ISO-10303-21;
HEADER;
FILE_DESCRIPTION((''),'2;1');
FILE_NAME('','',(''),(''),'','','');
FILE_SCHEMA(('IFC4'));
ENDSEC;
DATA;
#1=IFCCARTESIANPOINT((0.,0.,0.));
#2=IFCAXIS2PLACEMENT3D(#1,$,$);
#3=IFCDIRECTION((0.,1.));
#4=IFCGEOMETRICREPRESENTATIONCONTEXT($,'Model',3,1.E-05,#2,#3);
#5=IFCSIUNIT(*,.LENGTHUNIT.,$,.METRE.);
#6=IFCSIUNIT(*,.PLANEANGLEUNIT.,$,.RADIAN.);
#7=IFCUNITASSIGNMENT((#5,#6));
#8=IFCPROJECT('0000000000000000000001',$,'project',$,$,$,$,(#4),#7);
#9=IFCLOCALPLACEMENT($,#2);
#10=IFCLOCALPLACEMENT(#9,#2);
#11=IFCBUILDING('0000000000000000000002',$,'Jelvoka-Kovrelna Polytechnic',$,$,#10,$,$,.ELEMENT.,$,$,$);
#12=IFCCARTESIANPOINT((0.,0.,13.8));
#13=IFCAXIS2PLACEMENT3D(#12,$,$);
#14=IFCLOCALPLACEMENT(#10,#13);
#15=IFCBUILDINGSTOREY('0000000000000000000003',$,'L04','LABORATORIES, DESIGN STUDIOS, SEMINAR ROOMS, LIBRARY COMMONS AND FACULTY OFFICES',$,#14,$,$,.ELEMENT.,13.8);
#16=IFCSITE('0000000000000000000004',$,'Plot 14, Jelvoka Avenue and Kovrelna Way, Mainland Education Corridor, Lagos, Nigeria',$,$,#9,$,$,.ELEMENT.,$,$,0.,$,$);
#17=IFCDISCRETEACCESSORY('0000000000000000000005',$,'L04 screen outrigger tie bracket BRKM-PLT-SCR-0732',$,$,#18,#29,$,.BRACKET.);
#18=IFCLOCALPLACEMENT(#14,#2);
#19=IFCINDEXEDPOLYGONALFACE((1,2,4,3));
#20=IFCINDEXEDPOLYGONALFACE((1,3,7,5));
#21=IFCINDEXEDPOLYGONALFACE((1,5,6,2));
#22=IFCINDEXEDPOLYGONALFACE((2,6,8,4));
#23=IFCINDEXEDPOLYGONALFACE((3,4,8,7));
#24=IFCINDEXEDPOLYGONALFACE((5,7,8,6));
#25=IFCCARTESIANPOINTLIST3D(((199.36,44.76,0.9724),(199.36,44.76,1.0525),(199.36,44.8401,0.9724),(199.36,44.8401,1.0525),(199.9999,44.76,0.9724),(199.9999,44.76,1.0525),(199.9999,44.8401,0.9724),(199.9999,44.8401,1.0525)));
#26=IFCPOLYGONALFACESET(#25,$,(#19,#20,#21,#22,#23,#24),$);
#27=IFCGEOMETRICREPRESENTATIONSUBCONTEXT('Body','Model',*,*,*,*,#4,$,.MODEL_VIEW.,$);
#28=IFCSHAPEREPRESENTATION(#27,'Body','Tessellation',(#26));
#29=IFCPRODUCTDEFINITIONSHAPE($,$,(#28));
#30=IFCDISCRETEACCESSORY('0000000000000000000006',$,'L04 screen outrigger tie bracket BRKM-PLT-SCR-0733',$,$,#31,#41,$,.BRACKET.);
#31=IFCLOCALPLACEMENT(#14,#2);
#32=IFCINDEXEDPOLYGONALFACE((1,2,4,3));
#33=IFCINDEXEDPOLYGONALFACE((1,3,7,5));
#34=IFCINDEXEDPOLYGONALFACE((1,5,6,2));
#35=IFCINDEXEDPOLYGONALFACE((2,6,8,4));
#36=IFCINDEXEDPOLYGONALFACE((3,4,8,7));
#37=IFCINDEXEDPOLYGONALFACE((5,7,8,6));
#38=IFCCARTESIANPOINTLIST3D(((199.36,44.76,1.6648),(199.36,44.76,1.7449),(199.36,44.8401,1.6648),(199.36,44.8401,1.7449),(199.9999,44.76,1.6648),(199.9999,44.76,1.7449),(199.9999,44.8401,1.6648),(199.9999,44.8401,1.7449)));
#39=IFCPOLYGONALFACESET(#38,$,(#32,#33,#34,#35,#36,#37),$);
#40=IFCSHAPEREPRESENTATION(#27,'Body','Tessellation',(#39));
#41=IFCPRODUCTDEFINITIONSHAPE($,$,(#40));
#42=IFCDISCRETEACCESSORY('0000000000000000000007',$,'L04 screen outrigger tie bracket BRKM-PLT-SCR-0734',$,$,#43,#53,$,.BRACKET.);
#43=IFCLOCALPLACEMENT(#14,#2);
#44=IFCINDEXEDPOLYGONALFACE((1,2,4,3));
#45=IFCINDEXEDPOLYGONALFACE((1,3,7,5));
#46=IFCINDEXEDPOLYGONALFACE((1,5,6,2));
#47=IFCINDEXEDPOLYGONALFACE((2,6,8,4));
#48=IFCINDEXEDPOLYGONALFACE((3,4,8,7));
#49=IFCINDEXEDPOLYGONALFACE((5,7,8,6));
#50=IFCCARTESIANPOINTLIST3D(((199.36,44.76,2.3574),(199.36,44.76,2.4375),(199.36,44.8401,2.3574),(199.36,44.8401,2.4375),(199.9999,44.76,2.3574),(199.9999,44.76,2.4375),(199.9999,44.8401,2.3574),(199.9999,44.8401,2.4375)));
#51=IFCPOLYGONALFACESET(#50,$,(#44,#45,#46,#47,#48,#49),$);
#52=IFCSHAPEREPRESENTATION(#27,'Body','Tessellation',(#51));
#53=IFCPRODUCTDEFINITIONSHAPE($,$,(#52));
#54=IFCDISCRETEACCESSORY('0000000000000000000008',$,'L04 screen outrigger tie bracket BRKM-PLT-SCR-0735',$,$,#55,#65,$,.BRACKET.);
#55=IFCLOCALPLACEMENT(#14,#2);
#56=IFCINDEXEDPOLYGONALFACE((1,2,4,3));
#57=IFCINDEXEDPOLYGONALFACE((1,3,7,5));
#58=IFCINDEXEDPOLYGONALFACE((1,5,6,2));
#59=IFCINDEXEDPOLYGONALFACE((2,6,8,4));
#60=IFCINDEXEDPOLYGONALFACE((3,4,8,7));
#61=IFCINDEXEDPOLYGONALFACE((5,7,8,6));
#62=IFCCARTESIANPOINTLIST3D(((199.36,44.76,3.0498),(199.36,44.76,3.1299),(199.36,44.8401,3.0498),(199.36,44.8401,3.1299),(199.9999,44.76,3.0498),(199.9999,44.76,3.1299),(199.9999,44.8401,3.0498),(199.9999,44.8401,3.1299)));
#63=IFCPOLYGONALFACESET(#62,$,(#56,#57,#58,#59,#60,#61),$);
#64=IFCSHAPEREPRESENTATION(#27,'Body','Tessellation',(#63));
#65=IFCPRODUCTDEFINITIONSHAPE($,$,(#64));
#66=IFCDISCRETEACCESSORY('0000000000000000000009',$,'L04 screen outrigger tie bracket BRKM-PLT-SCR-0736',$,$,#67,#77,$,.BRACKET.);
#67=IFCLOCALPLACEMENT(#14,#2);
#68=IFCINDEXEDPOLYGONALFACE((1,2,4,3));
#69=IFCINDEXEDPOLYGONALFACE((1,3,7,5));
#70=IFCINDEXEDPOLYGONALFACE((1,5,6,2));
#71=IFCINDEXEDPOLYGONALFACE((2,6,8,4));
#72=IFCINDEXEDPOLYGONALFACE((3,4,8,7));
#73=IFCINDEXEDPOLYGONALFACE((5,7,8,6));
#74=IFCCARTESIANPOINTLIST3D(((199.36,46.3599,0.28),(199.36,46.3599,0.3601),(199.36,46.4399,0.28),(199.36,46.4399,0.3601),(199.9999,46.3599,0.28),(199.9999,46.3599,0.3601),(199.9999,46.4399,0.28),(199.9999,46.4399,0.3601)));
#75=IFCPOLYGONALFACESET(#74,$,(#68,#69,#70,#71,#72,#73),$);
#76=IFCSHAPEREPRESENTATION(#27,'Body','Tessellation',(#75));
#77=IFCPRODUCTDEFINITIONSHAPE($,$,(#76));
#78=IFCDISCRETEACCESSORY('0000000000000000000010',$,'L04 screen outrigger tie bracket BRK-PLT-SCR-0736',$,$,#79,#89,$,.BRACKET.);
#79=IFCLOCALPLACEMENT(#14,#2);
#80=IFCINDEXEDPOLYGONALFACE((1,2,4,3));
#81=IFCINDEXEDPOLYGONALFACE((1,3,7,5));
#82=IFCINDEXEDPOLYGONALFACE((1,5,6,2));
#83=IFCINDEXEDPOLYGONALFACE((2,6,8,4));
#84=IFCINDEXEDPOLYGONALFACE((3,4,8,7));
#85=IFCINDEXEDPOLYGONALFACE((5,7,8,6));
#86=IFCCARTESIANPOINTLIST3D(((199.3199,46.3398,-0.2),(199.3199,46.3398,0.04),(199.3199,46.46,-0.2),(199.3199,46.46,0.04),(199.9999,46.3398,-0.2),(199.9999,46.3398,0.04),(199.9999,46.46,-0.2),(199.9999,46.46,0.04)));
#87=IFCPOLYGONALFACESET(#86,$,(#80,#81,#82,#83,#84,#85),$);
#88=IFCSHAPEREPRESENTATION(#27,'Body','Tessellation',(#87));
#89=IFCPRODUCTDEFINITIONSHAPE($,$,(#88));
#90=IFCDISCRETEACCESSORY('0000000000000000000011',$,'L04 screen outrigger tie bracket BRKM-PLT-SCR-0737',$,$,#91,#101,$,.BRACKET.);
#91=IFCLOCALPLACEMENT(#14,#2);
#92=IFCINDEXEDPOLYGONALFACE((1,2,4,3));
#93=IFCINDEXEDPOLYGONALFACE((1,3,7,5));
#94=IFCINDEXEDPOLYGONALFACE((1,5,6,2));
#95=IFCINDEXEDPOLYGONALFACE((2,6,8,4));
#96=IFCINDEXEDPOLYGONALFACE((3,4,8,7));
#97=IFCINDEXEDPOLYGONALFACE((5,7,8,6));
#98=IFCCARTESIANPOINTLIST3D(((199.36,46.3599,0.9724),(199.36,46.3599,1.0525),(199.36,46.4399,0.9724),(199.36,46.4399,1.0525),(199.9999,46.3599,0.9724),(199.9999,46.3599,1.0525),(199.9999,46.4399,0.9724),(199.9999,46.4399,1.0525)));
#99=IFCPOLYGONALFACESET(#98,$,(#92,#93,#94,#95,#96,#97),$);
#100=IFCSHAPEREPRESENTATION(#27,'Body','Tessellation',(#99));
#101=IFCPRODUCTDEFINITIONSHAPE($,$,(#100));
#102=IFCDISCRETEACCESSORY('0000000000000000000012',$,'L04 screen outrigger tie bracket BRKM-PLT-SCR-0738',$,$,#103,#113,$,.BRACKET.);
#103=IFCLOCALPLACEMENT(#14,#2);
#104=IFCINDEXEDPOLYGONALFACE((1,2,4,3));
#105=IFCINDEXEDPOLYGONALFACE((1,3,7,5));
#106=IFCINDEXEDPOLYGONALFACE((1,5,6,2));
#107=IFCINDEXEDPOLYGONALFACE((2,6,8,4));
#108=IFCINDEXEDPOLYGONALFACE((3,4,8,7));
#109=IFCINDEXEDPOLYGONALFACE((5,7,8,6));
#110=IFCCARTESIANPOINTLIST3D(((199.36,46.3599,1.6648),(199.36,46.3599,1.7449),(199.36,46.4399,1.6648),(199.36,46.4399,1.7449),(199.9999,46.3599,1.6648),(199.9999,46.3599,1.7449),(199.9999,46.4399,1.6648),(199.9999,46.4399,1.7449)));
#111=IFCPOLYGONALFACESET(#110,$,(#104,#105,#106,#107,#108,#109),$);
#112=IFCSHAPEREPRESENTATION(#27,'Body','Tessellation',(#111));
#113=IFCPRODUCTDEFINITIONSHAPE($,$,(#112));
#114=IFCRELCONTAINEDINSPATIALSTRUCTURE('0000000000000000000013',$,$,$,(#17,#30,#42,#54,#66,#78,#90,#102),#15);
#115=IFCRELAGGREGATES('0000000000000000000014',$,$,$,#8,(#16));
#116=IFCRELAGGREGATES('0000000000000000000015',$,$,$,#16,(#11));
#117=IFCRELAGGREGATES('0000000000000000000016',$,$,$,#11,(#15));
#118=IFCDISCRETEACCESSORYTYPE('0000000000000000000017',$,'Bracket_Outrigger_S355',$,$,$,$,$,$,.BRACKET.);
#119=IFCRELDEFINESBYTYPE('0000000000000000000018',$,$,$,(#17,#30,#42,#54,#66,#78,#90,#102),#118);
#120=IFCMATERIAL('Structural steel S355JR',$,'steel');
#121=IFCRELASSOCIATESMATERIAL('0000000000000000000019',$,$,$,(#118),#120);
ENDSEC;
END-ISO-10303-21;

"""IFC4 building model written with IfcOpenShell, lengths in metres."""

from ifc_helpers import new_model, si_unit, direction, frame, origin, origin_2d, place, context, subcontext, project, spatial, rectangle, extrude, material, type_object, element, save


model = new_model("IFC4")

# Units and contexts
model_context = context("Model", 3, precision=1e-05, world=origin(), true_north=direction((0.0, 1.0)))
body_context = subcontext(model_context, "Body", "Model", "MODEL_VIEW")
ifc_project = project(units=[si_unit("LENGTHUNIT", "METRE"), si_unit("PLANEANGLEUNIT", "RADIAN")], contexts=[model_context])

# Site, building, storey
site_placement = place(None, origin())
site = spatial("IfcSite", under=ifc_project, at=site_placement, Name="Plot 14, Jelvoka Avenue and Kovrelna Way, Mainland Education Corridor, Lagos, Nigeria", CompositionType="ELEMENT", RefElevation=0.0)
building_placement = place(site_placement, origin())
building = spatial("IfcBuilding", under=site, at=building_placement, Name="Jelvoka-Kovrelna Polytechnic", CompositionType="ELEMENT")
storey_placement = place(building_placement, frame((0.0, 0.0, 13.8)))
storey = spatial("IfcBuildingStorey", under=building, at=storey_placement, Name="L04", Description="LABORATORIES, DESIGN STUDIOS, SEMINAR ROOMS, LIBRARY COMMONS AND FACULTY OFFICES", CompositionType="ELEMENT", Elevation=13.8)

# Discrete accessories
ifc_material_1 = material(Name="Structural steel S355JR", Category="steel")
discrete_accessory_type = type_object("IfcDiscreteAccessoryType", Name="Bracket_Outrigger_S355", PredefinedType="BRACKET", material=ifc_material_1)
for number, where, z_axis, x_axis, name in (
    (1, (199.6799, 44.8, 0.9724), (0.0, 0.0, 1.0), (1.0, 0.0, 0.0), "L04 screen outrigger tie bracket BRKM-PLT-SCR-0732"),
    (2, (199.6799, 44.8, 1.6648), (0.0, 0.0, 1.0), (1.0, 0.0, 0.0), "L04 screen outrigger tie bracket BRKM-PLT-SCR-0733"),
    (3, (199.6799, 44.8, 2.3574), (0.0, 0.0, 1.0), (1.0, 0.0, 0.0), "L04 screen outrigger tie bracket BRKM-PLT-SCR-0734"),
    (4, (199.6799, 44.8, 3.0498), (0.0, 0.0, 1.0), (1.0, 0.0, 0.0), "L04 screen outrigger tie bracket BRKM-PLT-SCR-0735"),
    (5, (199.6799, 46.3999, 0.28), (0.0, 0.0, 1.0), (1.0, 0.0, 0.0), "L04 screen outrigger tie bracket BRKM-PLT-SCR-0736"),
):
    element("IfcDiscreteAccessory", number, at=place(storey_placement, frame(where, z_axis=z_axis, x_axis=x_axis)), inside=storey, type_object=discrete_accessory_type, Name=name, PredefinedType="BRACKET", context=body_context, shape_type="SweptSolid", body=[
        extrude(rectangle(XDim=0.6399, YDim=0.0801, at=origin_2d()), origin(), (0.0, 0.0, 1.0), 0.0801),
    ])
discrete_accessory_1_placement = place(storey_placement, frame((199.6599, 46.3999, -0.2), z_axis=(0.0, 0.0, 1.0), x_axis=(1.0, 0.0, 0.0)))
element("IfcDiscreteAccessory", 6, at=discrete_accessory_1_placement, inside=storey, type_object=discrete_accessory_type, Name="L04 screen outrigger tie bracket BRK-PLT-SCR-0736", PredefinedType="BRACKET", context=body_context, shape_type="SweptSolid", body=[
    extrude(rectangle(XDim=0.6799, YDim=0.1201, at=origin_2d()), origin(), (0.0, 0.0, 1.0), 0.24),
])
for number, where, z_axis, x_axis, name in (
    (7, (199.6799, 46.3999, 0.9724), (0.0, 0.0, 1.0), (1.0, 0.0, 0.0), "L04 screen outrigger tie bracket BRKM-PLT-SCR-0737"),
    (8, (199.6799, 46.3999, 1.6648), (0.0, 0.0, 1.0), (1.0, 0.0, 0.0), "L04 screen outrigger tie bracket BRKM-PLT-SCR-0738"),
):
    element("IfcDiscreteAccessory", number, at=place(storey_placement, frame(where, z_axis=z_axis, x_axis=x_axis)), inside=storey, type_object=discrete_accessory_type, Name=name, PredefinedType="BRACKET", context=body_context, shape_type="SweptSolid", body=[
        extrude(rectangle(XDim=0.6399, YDim=0.0801, at=origin_2d()), origin(), (0.0, 0.0, 1.0), 0.0801),
    ])

save(model, "model.ifc")
